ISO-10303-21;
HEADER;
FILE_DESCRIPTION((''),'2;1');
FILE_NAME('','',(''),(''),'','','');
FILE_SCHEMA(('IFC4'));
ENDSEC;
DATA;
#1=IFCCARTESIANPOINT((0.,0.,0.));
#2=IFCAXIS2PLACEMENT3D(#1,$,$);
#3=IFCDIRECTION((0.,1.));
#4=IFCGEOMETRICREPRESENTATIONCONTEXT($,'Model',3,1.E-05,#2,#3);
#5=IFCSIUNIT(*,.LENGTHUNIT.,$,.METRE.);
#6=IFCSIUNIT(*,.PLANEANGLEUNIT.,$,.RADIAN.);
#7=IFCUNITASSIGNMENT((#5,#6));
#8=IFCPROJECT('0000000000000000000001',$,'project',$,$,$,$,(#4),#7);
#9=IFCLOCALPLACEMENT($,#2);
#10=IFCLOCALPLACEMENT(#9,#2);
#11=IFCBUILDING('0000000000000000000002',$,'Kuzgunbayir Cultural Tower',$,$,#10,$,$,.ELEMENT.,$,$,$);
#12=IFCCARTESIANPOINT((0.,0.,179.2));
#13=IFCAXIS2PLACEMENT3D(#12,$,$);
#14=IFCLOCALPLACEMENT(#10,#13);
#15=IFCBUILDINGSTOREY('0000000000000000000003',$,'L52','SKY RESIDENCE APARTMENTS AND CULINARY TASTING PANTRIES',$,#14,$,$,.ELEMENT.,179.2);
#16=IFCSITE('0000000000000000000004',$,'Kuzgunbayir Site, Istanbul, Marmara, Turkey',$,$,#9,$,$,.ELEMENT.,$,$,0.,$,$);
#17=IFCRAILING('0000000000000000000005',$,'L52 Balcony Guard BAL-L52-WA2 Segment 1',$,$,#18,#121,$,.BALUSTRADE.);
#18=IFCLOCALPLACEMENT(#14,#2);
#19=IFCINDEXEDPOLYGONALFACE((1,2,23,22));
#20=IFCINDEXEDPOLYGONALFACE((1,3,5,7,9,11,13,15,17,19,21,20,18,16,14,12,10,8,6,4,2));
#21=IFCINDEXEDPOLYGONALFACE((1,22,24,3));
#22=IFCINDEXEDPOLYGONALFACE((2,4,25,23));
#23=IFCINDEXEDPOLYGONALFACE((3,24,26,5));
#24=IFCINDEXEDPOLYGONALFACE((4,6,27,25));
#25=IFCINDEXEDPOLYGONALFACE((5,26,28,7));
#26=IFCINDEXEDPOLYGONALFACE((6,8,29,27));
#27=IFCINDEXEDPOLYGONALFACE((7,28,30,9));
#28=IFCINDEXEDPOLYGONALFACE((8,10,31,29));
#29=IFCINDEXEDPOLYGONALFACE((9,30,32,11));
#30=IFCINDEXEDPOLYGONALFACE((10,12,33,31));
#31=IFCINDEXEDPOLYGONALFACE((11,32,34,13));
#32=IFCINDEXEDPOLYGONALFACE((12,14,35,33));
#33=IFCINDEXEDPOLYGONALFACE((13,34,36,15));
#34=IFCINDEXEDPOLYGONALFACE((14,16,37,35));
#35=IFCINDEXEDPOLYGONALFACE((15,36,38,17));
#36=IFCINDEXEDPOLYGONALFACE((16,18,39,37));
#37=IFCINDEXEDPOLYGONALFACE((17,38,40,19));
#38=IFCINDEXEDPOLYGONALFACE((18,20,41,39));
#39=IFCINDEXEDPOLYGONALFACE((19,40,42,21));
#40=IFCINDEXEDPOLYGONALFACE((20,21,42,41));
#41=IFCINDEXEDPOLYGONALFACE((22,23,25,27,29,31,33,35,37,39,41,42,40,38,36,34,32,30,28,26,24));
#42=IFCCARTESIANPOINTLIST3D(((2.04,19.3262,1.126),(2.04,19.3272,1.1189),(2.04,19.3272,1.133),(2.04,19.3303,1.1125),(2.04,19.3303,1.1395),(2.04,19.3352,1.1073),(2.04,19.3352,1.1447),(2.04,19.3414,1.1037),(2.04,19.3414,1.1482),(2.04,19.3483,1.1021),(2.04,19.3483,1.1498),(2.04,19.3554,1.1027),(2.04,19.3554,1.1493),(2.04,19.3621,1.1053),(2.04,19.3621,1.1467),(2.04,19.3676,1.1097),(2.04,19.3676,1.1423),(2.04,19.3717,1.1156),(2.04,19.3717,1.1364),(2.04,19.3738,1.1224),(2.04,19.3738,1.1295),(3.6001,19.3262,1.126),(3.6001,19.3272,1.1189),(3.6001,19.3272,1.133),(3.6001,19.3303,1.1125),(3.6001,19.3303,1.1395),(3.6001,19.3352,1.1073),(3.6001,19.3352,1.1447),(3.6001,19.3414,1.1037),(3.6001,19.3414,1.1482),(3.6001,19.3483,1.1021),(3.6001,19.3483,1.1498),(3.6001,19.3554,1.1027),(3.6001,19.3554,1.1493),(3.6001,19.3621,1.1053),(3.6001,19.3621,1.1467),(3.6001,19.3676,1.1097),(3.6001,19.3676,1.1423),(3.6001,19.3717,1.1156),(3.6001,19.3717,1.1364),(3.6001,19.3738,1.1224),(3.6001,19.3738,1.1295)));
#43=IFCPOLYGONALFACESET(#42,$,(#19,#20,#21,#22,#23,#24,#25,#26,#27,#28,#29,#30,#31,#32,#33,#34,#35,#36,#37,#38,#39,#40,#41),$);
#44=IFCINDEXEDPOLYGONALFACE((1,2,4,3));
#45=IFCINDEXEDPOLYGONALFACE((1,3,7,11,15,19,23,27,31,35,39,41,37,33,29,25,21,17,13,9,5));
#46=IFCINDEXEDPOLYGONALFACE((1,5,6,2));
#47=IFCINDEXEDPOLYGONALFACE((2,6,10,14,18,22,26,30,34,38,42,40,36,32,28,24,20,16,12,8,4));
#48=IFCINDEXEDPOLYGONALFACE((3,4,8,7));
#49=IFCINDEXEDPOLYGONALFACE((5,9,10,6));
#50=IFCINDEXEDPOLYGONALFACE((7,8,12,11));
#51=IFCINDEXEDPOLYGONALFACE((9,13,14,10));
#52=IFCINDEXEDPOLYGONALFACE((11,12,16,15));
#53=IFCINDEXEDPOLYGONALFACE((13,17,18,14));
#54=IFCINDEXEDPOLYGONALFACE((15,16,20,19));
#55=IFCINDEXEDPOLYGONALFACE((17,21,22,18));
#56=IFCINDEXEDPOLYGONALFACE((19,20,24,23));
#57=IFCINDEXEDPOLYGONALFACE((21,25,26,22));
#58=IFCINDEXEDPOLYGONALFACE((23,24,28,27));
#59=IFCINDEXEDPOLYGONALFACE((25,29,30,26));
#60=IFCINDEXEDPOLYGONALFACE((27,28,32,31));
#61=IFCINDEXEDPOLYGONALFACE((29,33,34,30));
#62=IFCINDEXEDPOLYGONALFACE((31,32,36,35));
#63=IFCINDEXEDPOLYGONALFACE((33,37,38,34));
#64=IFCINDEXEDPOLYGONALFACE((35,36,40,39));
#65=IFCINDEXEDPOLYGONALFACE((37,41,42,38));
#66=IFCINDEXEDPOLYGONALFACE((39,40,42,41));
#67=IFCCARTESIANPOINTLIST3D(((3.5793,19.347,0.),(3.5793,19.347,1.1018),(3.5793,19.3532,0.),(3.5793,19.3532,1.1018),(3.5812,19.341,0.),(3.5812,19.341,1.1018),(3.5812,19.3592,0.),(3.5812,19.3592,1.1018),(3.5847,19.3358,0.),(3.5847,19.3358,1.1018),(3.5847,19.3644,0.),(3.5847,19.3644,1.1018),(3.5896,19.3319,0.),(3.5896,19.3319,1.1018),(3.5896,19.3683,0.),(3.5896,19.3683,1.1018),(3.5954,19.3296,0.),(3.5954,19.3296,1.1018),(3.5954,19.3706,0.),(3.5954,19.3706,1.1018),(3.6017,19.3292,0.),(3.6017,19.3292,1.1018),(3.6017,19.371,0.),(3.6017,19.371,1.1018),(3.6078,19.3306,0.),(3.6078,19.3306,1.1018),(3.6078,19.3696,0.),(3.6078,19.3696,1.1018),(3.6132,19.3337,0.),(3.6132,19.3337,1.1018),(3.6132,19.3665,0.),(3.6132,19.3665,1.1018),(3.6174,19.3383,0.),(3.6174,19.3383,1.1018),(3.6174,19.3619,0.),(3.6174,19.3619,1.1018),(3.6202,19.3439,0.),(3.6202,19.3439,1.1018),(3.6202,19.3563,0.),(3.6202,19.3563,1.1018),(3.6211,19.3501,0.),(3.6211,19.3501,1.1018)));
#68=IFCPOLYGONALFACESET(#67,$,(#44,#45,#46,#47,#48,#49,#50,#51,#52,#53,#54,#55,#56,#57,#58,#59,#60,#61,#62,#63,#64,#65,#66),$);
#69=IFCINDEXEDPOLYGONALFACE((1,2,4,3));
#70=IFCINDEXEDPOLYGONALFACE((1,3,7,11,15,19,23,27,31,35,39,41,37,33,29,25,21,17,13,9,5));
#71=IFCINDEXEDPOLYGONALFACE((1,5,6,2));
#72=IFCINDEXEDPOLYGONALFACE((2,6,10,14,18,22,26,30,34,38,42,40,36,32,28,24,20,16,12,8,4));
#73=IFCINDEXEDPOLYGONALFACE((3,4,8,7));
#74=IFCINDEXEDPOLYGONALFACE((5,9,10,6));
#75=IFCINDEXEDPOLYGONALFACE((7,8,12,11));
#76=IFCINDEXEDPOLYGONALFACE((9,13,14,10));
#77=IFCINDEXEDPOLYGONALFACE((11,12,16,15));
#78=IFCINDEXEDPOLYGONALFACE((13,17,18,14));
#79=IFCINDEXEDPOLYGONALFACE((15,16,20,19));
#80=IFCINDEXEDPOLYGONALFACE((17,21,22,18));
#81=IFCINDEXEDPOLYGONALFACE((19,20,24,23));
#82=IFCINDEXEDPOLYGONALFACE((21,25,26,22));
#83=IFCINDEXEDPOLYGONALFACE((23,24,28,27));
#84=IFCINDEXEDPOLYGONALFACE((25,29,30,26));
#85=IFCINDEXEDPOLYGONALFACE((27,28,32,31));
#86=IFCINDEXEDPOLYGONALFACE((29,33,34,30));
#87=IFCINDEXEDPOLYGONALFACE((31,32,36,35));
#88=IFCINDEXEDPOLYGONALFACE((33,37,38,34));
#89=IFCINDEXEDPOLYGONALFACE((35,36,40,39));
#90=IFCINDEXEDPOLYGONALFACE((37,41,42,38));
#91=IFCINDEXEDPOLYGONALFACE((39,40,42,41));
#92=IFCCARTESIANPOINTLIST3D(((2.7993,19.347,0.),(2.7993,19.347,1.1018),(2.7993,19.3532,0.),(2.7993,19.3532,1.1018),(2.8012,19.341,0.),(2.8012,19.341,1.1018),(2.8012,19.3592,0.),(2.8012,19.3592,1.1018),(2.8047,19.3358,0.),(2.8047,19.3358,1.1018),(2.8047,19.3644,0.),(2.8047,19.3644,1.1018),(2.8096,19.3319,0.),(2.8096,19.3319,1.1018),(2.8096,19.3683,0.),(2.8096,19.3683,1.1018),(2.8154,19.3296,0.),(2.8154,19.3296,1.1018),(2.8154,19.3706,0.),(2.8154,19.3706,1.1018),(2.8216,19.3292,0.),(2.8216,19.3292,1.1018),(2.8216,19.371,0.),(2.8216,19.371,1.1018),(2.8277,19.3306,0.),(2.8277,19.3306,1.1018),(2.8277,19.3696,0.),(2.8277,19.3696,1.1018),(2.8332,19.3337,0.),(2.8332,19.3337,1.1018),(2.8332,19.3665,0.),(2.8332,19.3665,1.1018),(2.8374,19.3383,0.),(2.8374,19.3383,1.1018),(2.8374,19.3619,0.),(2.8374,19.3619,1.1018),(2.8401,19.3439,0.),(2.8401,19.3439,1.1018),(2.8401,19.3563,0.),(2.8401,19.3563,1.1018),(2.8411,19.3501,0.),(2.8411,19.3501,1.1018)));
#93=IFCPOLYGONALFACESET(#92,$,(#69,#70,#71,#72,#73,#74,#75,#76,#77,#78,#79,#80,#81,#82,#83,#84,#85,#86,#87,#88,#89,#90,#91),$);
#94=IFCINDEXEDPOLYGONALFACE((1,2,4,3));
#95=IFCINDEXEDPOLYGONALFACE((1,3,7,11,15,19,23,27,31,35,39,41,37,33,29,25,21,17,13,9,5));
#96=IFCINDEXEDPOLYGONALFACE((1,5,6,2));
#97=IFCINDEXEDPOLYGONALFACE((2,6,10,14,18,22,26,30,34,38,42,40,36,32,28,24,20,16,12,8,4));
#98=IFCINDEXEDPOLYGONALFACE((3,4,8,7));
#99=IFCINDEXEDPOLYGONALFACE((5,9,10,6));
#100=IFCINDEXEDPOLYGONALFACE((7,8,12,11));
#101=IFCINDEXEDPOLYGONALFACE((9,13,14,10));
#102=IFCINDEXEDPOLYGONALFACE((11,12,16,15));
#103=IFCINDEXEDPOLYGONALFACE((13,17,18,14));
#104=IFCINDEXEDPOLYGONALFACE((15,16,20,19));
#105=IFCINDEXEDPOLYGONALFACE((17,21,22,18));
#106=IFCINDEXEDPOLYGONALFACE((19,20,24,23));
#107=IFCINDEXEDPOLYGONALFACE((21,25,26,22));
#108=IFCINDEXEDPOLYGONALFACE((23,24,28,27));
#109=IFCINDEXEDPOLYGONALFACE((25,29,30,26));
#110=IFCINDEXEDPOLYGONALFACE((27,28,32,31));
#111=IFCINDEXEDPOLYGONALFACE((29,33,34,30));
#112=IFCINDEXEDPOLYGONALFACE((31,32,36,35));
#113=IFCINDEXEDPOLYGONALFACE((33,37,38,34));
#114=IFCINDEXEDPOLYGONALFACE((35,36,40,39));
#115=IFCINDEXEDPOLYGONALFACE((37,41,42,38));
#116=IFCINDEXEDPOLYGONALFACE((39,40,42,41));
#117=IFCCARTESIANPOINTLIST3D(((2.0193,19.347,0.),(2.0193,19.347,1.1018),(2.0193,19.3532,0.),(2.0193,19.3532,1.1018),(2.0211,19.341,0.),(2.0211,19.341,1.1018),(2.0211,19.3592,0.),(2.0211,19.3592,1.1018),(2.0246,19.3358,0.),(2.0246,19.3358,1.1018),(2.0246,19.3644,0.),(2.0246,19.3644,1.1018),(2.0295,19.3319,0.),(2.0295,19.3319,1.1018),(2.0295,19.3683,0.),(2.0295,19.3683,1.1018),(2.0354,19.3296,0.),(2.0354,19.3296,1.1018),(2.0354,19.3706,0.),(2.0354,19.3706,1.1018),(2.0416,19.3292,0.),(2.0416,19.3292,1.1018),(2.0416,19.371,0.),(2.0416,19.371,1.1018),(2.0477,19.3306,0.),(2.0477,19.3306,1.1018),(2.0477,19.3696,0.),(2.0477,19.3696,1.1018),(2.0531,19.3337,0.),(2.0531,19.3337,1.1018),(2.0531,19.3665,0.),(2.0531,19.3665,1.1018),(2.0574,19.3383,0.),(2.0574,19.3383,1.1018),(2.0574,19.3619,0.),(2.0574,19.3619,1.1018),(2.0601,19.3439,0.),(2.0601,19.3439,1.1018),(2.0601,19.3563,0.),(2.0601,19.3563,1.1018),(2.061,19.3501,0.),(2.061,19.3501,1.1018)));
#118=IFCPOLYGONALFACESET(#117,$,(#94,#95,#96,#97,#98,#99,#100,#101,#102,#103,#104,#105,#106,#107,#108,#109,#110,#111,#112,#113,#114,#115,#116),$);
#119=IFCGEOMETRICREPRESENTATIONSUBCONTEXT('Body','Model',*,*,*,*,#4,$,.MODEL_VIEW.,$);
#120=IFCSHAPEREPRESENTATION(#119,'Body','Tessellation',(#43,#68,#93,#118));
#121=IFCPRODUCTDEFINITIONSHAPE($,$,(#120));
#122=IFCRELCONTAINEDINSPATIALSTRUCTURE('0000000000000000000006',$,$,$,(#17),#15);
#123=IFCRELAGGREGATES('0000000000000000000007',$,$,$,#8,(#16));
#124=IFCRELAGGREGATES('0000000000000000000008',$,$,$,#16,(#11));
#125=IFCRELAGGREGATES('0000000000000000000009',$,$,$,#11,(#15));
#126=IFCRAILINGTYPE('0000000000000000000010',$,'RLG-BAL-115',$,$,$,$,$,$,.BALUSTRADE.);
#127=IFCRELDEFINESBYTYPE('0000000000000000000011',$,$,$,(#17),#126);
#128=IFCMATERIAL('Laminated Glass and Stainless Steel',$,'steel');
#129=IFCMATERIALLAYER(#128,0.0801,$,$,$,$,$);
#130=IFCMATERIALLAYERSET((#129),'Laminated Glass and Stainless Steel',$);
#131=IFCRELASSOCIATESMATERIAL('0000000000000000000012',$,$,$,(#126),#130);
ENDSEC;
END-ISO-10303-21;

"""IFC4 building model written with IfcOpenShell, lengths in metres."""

from ifc_helpers import new_model, si_unit, direction, frame, origin, origin_2d, place, context, subcontext, project, spatial, circle, extrude, material, layer, layer_set, type_object, element, save


model = new_model("IFC4")

# Units and contexts
model_context = context("Model", 3, precision=1e-05, world=origin(), true_north=direction((0.0, 1.0)))
body_context = subcontext(model_context, "Body", "Model", "MODEL_VIEW")
ifc_project = project(units=[si_unit("LENGTHUNIT", "METRE"), si_unit("PLANEANGLEUNIT", "RADIAN")], contexts=[model_context])

# Site, building, storey
site_placement = place(None, origin())
site = spatial("IfcSite", under=ifc_project, at=site_placement, Name="Kuzgunbayir Site, Istanbul, Marmara, Turkey", CompositionType="ELEMENT", RefElevation=0.0)
building_placement = place(site_placement, origin())
building = spatial("IfcBuilding", under=site, at=building_placement, Name="Kuzgunbayir Cultural Tower", CompositionType="ELEMENT")
storey_placement = place(building_placement, frame((0.0, 0.0, 179.2)))
storey = spatial("IfcBuildingStorey", under=building, at=storey_placement, Name="L52", Description="SKY RESIDENCE APARTMENTS AND CULINARY TASTING PANTRIES", CompositionType="ELEMENT", Elevation=179.2)

# Railing
ifc_material_1 = material(Name="Laminated Glass and Stainless Steel", Category="steel")
ifc_layer_1 = layer(ifc_material_1, 0.0801)
ifc_layer_set_1 = layer_set([ifc_layer_1], Name="Laminated Glass and Stainless Steel")
railing_type = type_object("IfcRailingType", Name="RLG-BAL-115", PredefinedType="BALUSTRADE", material=ifc_layer_set_1)
railing_1_placement = place(storey_placement, frame((3.6001, 19.3501, 0.0)))
element("IfcRailing", 1, at=railing_1_placement, inside=storey, type_object=railing_type, Name="L52 Balcony Guard BAL-L52-WA2 Segment 1", PredefinedType="BALUSTRADE", context=body_context, shape_type="SweptSolid", body=[
    extrude(circle(Radius=0.0239, at=origin_2d()), frame((0.0, 0.0, 1.126), z_axis=(-1.0, 0.0, 0.0), x_axis=(0.0, -1.0, 0.0)), (0.0, 0.0, 1.0), 1.5601),
    extrude(circle(Radius=0.021, at=origin_2d()), origin(), (0.0, 0.0, 1.0), 1.1018),
    extrude(circle(Radius=0.021, at=origin_2d()), frame((-0.78, 0.0, 0.0)), (0.0, 0.0, 1.0), 1.1018),
    extrude(circle(Radius=0.021, at=origin_2d()), frame((-1.5601, 0.0, 0.0)), (0.0, 0.0, 1.0), 1.1018),
])

save(model, "model.ifc")
